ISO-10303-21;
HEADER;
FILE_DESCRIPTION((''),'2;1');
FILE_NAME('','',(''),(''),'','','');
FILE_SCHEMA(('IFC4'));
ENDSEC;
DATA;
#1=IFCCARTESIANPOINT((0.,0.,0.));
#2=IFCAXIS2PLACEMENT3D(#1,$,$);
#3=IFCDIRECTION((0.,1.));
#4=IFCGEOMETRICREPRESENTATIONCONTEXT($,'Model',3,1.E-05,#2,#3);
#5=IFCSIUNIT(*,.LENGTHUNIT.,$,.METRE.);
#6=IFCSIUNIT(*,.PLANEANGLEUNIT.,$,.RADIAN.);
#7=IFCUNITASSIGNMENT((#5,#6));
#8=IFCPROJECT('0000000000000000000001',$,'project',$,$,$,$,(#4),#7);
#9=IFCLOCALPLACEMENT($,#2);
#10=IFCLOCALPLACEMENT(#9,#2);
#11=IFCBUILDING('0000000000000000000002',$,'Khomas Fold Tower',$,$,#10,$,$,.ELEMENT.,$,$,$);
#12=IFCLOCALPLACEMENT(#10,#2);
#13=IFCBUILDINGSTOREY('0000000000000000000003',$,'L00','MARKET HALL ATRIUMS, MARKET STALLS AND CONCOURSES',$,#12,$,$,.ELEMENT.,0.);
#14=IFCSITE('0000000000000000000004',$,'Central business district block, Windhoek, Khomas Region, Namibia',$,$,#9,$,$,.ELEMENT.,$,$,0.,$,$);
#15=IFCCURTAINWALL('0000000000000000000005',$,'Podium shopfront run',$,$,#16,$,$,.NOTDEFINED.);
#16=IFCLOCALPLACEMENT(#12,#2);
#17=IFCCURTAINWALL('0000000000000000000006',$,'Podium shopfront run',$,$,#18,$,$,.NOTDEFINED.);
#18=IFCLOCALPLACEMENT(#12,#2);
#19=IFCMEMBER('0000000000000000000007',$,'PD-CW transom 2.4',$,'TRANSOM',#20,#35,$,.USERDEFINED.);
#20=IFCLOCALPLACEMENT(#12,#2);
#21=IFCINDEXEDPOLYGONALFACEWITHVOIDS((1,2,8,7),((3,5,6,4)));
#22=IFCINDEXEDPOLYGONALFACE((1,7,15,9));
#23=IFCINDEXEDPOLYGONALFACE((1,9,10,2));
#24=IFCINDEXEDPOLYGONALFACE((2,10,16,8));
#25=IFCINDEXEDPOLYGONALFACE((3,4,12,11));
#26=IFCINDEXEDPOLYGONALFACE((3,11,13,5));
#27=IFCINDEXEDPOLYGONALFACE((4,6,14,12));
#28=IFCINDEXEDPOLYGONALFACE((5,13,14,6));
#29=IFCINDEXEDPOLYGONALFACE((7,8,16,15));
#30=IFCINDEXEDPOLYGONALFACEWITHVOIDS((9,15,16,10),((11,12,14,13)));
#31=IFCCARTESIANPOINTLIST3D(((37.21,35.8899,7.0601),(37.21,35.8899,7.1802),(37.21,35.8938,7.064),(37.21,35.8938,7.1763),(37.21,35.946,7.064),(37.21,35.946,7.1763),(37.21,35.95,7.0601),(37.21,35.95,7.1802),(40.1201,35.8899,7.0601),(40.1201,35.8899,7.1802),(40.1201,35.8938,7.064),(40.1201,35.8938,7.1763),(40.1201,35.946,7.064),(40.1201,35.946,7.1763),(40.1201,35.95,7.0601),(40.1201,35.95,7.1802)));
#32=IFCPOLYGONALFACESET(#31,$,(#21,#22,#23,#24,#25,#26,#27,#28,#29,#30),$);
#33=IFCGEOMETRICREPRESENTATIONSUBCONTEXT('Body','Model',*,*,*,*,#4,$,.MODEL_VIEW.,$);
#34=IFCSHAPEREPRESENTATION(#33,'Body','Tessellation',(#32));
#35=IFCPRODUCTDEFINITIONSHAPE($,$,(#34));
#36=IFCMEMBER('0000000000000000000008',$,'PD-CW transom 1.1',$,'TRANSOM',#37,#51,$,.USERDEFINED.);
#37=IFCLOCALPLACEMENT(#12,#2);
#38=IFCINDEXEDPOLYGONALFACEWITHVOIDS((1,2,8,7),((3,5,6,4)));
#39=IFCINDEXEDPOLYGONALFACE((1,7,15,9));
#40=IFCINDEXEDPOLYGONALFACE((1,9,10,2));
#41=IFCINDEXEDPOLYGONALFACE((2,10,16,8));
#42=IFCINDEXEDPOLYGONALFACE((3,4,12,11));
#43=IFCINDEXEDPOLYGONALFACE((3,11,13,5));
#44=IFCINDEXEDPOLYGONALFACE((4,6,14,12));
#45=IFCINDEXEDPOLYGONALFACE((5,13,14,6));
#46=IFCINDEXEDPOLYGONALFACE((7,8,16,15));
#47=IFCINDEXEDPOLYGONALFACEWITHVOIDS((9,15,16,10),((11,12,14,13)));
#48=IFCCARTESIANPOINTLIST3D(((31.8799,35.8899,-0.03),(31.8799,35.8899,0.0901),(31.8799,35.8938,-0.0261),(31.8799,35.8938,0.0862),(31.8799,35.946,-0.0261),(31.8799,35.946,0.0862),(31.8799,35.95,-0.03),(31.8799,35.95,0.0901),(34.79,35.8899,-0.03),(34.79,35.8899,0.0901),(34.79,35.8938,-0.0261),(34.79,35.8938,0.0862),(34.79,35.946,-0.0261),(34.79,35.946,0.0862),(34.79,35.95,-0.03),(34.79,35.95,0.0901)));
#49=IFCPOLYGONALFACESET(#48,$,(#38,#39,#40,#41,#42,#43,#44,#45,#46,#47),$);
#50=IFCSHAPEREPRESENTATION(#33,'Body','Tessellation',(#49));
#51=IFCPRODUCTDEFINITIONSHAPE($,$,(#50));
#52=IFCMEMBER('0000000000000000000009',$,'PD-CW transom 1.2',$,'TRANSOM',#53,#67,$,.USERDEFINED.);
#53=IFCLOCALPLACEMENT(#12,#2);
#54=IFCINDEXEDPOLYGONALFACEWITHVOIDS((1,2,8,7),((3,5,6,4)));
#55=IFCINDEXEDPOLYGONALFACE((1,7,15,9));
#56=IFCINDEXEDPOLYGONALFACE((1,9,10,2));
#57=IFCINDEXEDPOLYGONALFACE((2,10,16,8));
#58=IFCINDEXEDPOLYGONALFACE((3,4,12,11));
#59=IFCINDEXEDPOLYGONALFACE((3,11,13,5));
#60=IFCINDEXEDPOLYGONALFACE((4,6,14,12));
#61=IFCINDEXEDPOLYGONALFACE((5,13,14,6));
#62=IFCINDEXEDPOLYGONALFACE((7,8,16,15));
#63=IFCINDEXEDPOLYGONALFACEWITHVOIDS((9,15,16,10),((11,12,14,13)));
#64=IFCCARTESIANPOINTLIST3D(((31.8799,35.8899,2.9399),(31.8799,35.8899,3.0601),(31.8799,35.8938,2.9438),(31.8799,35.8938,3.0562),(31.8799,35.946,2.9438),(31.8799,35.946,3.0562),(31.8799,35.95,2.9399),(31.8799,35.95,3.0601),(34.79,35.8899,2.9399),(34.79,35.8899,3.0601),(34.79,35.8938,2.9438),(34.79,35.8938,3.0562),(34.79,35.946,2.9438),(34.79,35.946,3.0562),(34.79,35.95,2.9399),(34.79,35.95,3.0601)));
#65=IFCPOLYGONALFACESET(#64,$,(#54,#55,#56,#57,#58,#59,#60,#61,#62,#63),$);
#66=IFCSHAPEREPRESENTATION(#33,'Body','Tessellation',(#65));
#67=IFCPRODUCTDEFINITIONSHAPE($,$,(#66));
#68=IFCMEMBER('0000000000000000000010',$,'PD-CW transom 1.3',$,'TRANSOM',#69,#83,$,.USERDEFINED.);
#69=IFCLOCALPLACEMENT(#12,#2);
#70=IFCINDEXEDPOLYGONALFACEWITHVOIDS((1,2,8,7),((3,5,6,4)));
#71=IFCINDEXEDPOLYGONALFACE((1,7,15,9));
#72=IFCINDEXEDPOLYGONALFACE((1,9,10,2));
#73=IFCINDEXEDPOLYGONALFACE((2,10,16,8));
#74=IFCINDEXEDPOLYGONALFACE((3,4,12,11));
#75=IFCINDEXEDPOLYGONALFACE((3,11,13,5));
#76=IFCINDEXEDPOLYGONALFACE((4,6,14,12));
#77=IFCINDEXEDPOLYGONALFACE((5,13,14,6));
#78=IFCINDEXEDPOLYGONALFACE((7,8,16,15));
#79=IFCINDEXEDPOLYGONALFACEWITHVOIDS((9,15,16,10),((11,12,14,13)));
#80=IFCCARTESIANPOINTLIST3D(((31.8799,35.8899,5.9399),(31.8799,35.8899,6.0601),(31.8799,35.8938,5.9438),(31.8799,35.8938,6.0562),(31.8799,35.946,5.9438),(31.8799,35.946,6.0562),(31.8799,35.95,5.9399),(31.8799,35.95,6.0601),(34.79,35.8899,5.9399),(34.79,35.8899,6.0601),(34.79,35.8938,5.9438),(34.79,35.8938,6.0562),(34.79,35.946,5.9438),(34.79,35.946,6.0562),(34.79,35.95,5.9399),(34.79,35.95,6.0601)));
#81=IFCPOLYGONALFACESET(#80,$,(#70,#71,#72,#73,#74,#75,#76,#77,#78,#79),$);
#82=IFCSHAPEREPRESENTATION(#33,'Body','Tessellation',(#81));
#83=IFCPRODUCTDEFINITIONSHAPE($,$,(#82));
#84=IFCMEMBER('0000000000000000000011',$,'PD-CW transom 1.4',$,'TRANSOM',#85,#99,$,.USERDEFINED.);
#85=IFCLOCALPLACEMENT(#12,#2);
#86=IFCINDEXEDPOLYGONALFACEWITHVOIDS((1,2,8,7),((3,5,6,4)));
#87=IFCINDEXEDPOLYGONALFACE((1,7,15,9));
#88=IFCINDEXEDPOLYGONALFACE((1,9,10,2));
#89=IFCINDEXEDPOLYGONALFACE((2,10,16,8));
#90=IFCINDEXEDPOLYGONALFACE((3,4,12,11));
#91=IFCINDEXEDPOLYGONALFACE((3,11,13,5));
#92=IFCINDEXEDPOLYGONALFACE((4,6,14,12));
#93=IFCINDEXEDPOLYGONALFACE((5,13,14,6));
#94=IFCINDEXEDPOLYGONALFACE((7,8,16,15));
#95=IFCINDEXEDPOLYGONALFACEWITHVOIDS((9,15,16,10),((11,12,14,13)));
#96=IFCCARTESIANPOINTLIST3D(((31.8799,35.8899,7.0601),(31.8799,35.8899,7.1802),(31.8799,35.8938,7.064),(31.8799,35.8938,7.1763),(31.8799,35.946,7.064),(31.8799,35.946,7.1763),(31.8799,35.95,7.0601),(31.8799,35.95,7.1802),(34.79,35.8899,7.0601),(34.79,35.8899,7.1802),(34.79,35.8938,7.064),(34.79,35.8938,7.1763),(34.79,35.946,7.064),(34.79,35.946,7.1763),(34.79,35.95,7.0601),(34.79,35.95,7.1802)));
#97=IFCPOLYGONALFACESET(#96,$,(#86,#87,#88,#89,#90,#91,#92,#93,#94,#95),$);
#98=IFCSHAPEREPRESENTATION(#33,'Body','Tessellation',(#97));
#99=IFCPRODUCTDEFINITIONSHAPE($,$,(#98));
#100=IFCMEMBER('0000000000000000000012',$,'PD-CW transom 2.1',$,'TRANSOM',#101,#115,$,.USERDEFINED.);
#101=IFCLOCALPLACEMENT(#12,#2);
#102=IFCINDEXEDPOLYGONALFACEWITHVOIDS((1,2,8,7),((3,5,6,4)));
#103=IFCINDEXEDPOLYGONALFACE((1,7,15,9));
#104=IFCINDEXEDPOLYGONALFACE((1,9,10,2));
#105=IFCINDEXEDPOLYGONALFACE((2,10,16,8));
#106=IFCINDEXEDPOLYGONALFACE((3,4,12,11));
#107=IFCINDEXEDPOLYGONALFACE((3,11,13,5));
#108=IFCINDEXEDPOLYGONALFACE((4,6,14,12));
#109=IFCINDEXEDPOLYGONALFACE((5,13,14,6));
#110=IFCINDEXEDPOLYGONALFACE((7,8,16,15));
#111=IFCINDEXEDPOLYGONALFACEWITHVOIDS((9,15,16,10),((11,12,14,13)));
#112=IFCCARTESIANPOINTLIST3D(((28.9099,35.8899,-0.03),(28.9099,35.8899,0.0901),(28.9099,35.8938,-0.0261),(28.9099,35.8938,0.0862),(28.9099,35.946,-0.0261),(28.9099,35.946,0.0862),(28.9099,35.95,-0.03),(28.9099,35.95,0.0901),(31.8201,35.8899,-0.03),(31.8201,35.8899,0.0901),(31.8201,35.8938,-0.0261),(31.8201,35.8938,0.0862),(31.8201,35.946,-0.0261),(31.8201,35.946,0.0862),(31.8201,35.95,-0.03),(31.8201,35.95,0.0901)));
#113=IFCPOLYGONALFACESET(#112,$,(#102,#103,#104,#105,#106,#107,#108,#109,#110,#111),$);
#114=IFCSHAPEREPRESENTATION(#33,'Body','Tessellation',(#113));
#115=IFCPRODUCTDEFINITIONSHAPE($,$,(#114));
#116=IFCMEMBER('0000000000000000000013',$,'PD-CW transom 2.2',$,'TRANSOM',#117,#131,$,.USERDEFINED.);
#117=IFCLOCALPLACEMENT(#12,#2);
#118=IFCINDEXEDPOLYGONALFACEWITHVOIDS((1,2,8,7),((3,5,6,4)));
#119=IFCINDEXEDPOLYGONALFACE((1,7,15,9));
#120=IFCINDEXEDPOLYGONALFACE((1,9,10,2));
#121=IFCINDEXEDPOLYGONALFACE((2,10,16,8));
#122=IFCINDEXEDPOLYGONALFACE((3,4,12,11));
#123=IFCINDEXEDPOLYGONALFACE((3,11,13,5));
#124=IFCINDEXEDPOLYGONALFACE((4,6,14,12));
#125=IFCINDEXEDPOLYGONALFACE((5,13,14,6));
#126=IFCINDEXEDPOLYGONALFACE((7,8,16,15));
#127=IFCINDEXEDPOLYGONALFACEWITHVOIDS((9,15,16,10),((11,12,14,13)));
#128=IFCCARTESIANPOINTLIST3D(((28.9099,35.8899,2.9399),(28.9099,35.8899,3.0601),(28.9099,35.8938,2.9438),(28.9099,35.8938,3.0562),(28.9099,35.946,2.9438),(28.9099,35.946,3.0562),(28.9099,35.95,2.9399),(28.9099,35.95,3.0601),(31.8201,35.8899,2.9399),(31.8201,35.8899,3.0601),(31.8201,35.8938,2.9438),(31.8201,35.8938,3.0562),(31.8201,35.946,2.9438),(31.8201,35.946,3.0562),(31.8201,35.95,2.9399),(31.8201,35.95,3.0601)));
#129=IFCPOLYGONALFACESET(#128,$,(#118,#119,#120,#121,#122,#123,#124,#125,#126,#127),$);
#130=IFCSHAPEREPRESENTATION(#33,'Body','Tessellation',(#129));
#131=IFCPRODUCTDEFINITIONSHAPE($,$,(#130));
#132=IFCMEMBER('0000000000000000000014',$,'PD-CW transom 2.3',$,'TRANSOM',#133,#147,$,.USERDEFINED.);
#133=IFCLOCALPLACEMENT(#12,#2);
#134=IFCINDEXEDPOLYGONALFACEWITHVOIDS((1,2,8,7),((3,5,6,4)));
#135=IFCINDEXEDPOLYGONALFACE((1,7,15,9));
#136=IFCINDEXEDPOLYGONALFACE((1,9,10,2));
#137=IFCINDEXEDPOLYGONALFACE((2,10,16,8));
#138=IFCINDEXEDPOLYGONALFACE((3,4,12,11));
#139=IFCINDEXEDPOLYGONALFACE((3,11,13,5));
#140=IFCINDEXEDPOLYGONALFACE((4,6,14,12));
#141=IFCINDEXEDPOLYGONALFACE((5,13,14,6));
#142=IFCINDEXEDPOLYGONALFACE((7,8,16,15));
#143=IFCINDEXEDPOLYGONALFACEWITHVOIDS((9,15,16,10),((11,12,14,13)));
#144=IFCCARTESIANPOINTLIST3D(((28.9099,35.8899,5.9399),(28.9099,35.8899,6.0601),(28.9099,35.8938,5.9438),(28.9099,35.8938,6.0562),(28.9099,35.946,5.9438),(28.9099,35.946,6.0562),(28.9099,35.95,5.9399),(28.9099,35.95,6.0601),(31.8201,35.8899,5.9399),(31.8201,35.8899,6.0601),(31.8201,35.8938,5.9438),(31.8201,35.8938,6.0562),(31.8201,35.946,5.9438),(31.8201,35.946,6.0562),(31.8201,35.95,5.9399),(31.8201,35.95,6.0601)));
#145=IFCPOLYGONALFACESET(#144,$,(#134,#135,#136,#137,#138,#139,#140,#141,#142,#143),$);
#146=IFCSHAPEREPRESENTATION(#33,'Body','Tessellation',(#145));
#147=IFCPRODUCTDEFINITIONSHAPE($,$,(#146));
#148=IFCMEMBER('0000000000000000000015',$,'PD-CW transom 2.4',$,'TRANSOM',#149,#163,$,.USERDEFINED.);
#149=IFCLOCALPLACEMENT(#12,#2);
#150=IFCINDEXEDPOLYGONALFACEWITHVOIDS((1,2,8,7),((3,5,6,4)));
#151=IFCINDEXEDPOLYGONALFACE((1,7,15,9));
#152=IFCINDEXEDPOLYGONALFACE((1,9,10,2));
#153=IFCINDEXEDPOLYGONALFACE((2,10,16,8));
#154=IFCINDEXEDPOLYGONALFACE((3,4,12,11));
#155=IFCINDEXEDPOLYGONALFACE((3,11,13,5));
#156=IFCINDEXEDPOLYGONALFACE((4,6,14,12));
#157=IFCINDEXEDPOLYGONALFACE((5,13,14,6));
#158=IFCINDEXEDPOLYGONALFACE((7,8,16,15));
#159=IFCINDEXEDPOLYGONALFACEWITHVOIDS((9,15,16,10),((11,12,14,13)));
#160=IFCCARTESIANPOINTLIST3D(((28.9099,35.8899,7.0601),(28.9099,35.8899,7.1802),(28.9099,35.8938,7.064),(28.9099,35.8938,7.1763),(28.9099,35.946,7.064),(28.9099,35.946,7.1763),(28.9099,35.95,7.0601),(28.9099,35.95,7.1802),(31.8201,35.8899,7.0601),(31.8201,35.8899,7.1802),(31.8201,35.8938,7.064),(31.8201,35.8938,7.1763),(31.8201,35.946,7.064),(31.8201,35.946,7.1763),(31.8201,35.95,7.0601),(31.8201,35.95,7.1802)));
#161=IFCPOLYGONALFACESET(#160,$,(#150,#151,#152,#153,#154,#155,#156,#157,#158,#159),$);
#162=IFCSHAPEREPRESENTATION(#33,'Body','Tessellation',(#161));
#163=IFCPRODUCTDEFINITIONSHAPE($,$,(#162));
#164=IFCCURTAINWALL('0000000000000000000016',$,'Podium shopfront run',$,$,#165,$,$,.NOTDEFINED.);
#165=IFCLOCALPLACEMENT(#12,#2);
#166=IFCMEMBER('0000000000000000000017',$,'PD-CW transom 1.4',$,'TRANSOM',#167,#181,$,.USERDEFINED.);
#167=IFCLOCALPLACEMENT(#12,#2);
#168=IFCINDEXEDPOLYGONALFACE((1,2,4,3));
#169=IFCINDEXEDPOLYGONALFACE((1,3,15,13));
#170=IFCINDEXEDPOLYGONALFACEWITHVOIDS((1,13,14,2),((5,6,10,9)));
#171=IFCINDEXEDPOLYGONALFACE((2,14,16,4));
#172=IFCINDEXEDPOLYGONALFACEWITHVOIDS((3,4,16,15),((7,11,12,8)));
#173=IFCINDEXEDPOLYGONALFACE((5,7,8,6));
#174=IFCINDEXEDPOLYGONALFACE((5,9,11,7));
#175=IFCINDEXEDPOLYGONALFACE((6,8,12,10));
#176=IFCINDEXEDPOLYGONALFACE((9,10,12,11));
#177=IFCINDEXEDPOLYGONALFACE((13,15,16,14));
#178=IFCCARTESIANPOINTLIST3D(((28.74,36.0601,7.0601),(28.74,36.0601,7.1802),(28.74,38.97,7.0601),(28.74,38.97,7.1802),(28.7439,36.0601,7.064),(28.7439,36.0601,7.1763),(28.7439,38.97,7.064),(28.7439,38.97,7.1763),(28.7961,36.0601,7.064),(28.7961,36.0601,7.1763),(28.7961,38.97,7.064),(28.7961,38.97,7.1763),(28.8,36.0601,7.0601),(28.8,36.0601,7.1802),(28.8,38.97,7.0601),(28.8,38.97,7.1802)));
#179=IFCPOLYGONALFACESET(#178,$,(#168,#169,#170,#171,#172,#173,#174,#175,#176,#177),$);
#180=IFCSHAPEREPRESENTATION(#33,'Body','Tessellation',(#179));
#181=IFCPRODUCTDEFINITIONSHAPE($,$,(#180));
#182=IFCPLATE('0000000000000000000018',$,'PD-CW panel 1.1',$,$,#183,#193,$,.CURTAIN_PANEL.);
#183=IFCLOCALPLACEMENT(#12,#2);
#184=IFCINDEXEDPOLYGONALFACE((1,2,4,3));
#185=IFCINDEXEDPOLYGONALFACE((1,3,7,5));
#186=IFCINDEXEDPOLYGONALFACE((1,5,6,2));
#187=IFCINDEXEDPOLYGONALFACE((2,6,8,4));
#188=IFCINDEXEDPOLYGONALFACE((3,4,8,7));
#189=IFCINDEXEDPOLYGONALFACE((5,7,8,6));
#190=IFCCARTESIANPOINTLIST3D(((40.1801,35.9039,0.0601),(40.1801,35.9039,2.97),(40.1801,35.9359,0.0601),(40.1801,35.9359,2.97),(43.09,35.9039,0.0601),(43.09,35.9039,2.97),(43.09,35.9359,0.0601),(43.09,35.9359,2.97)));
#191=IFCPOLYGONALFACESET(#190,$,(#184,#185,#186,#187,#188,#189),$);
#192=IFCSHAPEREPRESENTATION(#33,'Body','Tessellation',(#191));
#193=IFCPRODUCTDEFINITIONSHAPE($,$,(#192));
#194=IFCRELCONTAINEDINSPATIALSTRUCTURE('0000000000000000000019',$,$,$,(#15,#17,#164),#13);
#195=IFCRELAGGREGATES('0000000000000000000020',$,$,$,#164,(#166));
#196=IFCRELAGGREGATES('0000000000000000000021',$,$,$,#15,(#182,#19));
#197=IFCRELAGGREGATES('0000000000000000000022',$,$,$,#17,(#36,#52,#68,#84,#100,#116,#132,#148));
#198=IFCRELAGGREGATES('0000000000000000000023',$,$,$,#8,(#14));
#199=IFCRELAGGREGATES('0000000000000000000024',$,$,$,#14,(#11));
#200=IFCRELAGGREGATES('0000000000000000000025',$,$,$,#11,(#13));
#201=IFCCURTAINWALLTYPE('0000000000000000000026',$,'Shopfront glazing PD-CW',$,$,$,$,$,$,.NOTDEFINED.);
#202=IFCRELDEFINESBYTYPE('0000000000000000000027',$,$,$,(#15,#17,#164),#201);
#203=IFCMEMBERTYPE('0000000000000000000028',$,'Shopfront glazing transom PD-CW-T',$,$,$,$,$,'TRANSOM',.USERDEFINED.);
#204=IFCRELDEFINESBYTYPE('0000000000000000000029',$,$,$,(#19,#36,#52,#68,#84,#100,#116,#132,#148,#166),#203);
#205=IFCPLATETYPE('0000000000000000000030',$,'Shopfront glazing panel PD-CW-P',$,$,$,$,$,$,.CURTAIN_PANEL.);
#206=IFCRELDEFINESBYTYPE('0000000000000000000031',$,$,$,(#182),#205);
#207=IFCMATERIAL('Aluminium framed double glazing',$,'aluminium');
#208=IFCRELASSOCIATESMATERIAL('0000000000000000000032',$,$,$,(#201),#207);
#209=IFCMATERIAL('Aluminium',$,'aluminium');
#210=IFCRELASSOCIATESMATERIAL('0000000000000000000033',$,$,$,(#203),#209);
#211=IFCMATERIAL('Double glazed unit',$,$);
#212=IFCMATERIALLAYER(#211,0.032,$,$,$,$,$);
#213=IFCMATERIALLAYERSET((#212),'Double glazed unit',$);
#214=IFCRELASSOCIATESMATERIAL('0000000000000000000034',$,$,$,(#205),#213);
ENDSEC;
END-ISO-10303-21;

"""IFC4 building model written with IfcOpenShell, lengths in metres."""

from ifc_helpers import new_model, si_unit, direction, frame, origin, origin_2d, place, context, subcontext, project, spatial, rectangle, hollow_rectangle, extrude, source, transform, mapped, material, layer, layer_set, material_profile, profile_set, type_object, element, aggregate, save


model = new_model("IFC4")

# Units and contexts
model_context = context("Model", 3, precision=1e-05, world=origin(), true_north=direction((0.0, 1.0)))
body_context = subcontext(model_context, "Body", "Model", "MODEL_VIEW")
ifc_project = project(units=[si_unit("LENGTHUNIT", "METRE"), si_unit("PLANEANGLEUNIT", "RADIAN")], contexts=[model_context])

# Site, building, storey
site_placement = place(None, origin())
site = spatial("IfcSite", under=ifc_project, at=site_placement, Name="Central business district block, Windhoek, Khomas Region, Namibia", CompositionType="ELEMENT", RefElevation=0.0)
building_placement = place(site_placement, origin())
building = spatial("IfcBuilding", under=site, at=building_placement, Name="Khomas Fold Tower", CompositionType="ELEMENT")
storey_placement = place(building_placement, origin())
storey = spatial("IfcBuildingStorey", under=building, at=storey_placement, Name="L00", Description="MARKET HALL ATRIUMS, MARKET STALLS AND CONCOURSES", CompositionType="ELEMENT", Elevation=0.0)

# Curtain walls
ifc_material_1 = material(Name="Aluminium framed double glazing", Category="aluminium")
curtain_wall_type = type_object("IfcCurtainWallType", Name="Shopfront glazing PD-CW", PredefinedType="NOTDEFINED", material=ifc_material_1)
curtain_wall_1_placement = place(storey_placement, origin())
curtain_wall_1 = element("IfcCurtainWall", 1, at=curtain_wall_1_placement, inside=storey, type_object=curtain_wall_type, Name="Podium shopfront run", PredefinedType="NOTDEFINED")
curtain_wall_2_placement = place(storey_placement, origin())
curtain_wall_2 = element("IfcCurtainWall", 2, at=curtain_wall_2_placement, inside=storey, type_object=curtain_wall_type, Name="Podium shopfront run", PredefinedType="NOTDEFINED")

# Members
ifc_material_2 = material(Name="Aluminium", Category="aluminium")
ifc_material_profile_1 = material_profile(ifc_material_2, hollow_rectangle(XDim=0.0601, YDim=0.1201, WallThickness=0.0039, at=origin_2d()), Name="Shopfront glazing transom PD-CW-T")
ifc_profile_set_1 = profile_set([ifc_material_profile_1], Name="Aluminium")
member_type_1 = type_object("IfcMemberType", Name="Shopfront glazing transom PD-CW-T", ElementType="TRANSOM", PredefinedType="USERDEFINED", material=ifc_profile_set_1)
shared_shape_1 = source(origin(), body_context, "Body", "SweptSolid", [
    extrude(hollow_rectangle(XDim=0.0601, YDim=0.1201, WallThickness=0.0039, at=origin_2d()), origin(), (0.0, 0.0, 1.0), 2.9102),
])
member_1_placement = place(storey_placement, frame((40.1201, 35.9199, 7.1201), z_axis=(-1.0, 0.0, 0.0), x_axis=(0.0, -1.0, 0.0)))
member_1 = element("IfcMember", 3, at=member_1_placement, type_object=member_type_1, Name="PD-CW transom 2.4", ObjectType="TRANSOM", PredefinedType="USERDEFINED", context=body_context, shape_type="MappedRepresentation", body=[
    mapped(shared_shape_1, transform((0.0, 0.0, 0.0))),
])
member_2_placement = place(storey_placement, frame((34.79, 35.9199, 0.03), z_axis=(-1.0, 0.0, 0.0), x_axis=(0.0, -1.0, 0.0)))
member_2 = element("IfcMember", 4, at=member_2_placement, type_object=member_type_1, Name="PD-CW transom 1.1", ObjectType="TRANSOM", PredefinedType="USERDEFINED", context=body_context, shape_type="MappedRepresentation", body=[
    mapped(shared_shape_1, transform((0.0, 0.0, 0.0))),
])
member_3_placement = place(storey_placement, frame((34.79, 35.9199, 3.0), z_axis=(-1.0, 0.0, 0.0), x_axis=(0.0, -1.0, 0.0)))
member_3 = element("IfcMember", 5, at=member_3_placement, type_object=member_type_1, Name="PD-CW transom 1.2", ObjectType="TRANSOM", PredefinedType="USERDEFINED", context=body_context, shape_type="MappedRepresentation", body=[
    mapped(shared_shape_1, transform((0.0, 0.0, 0.0))),
])
member_4_placement = place(storey_placement, frame((34.79, 35.9199, 6.0), z_axis=(-1.0, 0.0, 0.0), x_axis=(0.0, -1.0, 0.0)))
member_4 = element("IfcMember", 6, at=member_4_placement, type_object=member_type_1, Name="PD-CW transom 1.3", ObjectType="TRANSOM", PredefinedType="USERDEFINED", context=body_context, shape_type="MappedRepresentation", body=[
    mapped(shared_shape_1, transform((0.0, 0.0, 0.0))),
])
member_5_placement = place(storey_placement, frame((34.79, 35.9199, 7.1201), z_axis=(-1.0, 0.0, 0.0), x_axis=(0.0, -1.0, 0.0)))
member_5 = element("IfcMember", 7, at=member_5_placement, type_object=member_type_1, Name="PD-CW transom 1.4", ObjectType="TRANSOM", PredefinedType="USERDEFINED", context=body_context, shape_type="MappedRepresentation", body=[
    mapped(shared_shape_1, transform((0.0, 0.0, 0.0))),
])
member_6_placement = place(storey_placement, frame((31.8201, 35.9199, 0.03), z_axis=(-1.0, 0.0, 0.0), x_axis=(0.0, -1.0, 0.0)))
member_6 = element("IfcMember", 8, at=member_6_placement, type_object=member_type_1, Name="PD-CW transom 2.1", ObjectType="TRANSOM", PredefinedType="USERDEFINED", context=body_context, shape_type="MappedRepresentation", body=[
    mapped(shared_shape_1, transform((0.0, 0.0, 0.0))),
])
member_7_placement = place(storey_placement, frame((31.8201, 35.9199, 3.0), z_axis=(-1.0, 0.0, 0.0), x_axis=(0.0, -1.0, 0.0)))
member_7 = element("IfcMember", 9, at=member_7_placement, type_object=member_type_1, Name="PD-CW transom 2.2", ObjectType="TRANSOM", PredefinedType="USERDEFINED", context=body_context, shape_type="MappedRepresentation", body=[
    mapped(shared_shape_1, transform((0.0, 0.0, 0.0))),
])
member_8_placement = place(storey_placement, frame((31.8201, 35.9199, 6.0), z_axis=(-1.0, 0.0, 0.0), x_axis=(0.0, -1.0, 0.0)))
member_8 = element("IfcMember", 10, at=member_8_placement, type_object=member_type_1, Name="PD-CW transom 2.3", ObjectType="TRANSOM", PredefinedType="USERDEFINED", context=body_context, shape_type="MappedRepresentation", body=[
    mapped(shared_shape_1, transform((0.0, 0.0, 0.0))),
])
member_9_placement = place(storey_placement, frame((31.8201, 35.9199, 7.1201), z_axis=(-1.0, 0.0, 0.0), x_axis=(0.0, -1.0, 0.0)))
member_9 = element("IfcMember", 11, at=member_9_placement, type_object=member_type_1, Name="PD-CW transom 2.4", ObjectType="TRANSOM", PredefinedType="USERDEFINED", context=body_context, shape_type="MappedRepresentation", body=[
    mapped(shared_shape_1, transform((0.0, 0.0, 0.0))),
])

# Curtain wall, member
curtain_wall_3_placement = place(storey_placement, origin())
curtain_wall_3 = element("IfcCurtainWall", 12, at=curtain_wall_3_placement, inside=storey, type_object=curtain_wall_type, Name="Podium shopfront run", PredefinedType="NOTDEFINED")
shared_shape_2 = source(origin(), body_context, "Body", "SweptSolid", [
    extrude(hollow_rectangle(XDim=0.0601, YDim=0.1201, WallThickness=0.0039, at=origin_2d()), origin(), (0.0, 0.0, 1.0), 2.9099),
])
member_10_placement = place(storey_placement, frame((28.77, 36.0601, 7.1201), z_axis=(0.0, 1.0, 0.0), x_axis=(-1.0, 0.0, 0.0)))
member_10 = element("IfcMember", 13, at=member_10_placement, type_object=member_type_1, Name="PD-CW transom 1.4", ObjectType="TRANSOM", PredefinedType="USERDEFINED", context=body_context, shape_type="MappedRepresentation", body=[
    mapped(shared_shape_2, transform((0.0, 0.0, 0.0))),
])

# Plate
ifc_material_3 = material(Name="Double glazed unit")
ifc_layer_1 = layer(ifc_material_3, 0.032)
ifc_layer_set_1 = layer_set([ifc_layer_1], Name="Double glazed unit")
plate_type = type_object("IfcPlateType", Name="Shopfront glazing panel PD-CW-P", PredefinedType="CURTAIN_PANEL", material=ifc_layer_set_1)
shared_shape_3 = source(origin(), body_context, "Body", "SweptSolid", [
    extrude(rectangle(XDim=2.9099, YDim=0.032, at=origin_2d()), origin(), (0.0, 0.0, 1.0), 2.9099),
])
plate_1_placement = place(storey_placement, frame((41.635, 35.9199, 0.0601), z_axis=(0.0, 0.0, 1.0), x_axis=(-1.0, 0.0, 0.0)))
plate_1 = element("IfcPlate", 14, at=plate_1_placement, type_object=plate_type, Name="PD-CW panel 1.1", PredefinedType="CURTAIN_PANEL", context=body_context, shape_type="MappedRepresentation", body=[
    mapped(shared_shape_3, transform((0.0, 0.0, 0.0))),
])
aggregate(curtain_wall_3, [member_10])
aggregate(curtain_wall_1, [plate_1, member_1])
aggregate(curtain_wall_2, [member_2, member_3, member_4, member_5, member_6, member_7, member_8, member_9])

save(model, "model.ifc")
